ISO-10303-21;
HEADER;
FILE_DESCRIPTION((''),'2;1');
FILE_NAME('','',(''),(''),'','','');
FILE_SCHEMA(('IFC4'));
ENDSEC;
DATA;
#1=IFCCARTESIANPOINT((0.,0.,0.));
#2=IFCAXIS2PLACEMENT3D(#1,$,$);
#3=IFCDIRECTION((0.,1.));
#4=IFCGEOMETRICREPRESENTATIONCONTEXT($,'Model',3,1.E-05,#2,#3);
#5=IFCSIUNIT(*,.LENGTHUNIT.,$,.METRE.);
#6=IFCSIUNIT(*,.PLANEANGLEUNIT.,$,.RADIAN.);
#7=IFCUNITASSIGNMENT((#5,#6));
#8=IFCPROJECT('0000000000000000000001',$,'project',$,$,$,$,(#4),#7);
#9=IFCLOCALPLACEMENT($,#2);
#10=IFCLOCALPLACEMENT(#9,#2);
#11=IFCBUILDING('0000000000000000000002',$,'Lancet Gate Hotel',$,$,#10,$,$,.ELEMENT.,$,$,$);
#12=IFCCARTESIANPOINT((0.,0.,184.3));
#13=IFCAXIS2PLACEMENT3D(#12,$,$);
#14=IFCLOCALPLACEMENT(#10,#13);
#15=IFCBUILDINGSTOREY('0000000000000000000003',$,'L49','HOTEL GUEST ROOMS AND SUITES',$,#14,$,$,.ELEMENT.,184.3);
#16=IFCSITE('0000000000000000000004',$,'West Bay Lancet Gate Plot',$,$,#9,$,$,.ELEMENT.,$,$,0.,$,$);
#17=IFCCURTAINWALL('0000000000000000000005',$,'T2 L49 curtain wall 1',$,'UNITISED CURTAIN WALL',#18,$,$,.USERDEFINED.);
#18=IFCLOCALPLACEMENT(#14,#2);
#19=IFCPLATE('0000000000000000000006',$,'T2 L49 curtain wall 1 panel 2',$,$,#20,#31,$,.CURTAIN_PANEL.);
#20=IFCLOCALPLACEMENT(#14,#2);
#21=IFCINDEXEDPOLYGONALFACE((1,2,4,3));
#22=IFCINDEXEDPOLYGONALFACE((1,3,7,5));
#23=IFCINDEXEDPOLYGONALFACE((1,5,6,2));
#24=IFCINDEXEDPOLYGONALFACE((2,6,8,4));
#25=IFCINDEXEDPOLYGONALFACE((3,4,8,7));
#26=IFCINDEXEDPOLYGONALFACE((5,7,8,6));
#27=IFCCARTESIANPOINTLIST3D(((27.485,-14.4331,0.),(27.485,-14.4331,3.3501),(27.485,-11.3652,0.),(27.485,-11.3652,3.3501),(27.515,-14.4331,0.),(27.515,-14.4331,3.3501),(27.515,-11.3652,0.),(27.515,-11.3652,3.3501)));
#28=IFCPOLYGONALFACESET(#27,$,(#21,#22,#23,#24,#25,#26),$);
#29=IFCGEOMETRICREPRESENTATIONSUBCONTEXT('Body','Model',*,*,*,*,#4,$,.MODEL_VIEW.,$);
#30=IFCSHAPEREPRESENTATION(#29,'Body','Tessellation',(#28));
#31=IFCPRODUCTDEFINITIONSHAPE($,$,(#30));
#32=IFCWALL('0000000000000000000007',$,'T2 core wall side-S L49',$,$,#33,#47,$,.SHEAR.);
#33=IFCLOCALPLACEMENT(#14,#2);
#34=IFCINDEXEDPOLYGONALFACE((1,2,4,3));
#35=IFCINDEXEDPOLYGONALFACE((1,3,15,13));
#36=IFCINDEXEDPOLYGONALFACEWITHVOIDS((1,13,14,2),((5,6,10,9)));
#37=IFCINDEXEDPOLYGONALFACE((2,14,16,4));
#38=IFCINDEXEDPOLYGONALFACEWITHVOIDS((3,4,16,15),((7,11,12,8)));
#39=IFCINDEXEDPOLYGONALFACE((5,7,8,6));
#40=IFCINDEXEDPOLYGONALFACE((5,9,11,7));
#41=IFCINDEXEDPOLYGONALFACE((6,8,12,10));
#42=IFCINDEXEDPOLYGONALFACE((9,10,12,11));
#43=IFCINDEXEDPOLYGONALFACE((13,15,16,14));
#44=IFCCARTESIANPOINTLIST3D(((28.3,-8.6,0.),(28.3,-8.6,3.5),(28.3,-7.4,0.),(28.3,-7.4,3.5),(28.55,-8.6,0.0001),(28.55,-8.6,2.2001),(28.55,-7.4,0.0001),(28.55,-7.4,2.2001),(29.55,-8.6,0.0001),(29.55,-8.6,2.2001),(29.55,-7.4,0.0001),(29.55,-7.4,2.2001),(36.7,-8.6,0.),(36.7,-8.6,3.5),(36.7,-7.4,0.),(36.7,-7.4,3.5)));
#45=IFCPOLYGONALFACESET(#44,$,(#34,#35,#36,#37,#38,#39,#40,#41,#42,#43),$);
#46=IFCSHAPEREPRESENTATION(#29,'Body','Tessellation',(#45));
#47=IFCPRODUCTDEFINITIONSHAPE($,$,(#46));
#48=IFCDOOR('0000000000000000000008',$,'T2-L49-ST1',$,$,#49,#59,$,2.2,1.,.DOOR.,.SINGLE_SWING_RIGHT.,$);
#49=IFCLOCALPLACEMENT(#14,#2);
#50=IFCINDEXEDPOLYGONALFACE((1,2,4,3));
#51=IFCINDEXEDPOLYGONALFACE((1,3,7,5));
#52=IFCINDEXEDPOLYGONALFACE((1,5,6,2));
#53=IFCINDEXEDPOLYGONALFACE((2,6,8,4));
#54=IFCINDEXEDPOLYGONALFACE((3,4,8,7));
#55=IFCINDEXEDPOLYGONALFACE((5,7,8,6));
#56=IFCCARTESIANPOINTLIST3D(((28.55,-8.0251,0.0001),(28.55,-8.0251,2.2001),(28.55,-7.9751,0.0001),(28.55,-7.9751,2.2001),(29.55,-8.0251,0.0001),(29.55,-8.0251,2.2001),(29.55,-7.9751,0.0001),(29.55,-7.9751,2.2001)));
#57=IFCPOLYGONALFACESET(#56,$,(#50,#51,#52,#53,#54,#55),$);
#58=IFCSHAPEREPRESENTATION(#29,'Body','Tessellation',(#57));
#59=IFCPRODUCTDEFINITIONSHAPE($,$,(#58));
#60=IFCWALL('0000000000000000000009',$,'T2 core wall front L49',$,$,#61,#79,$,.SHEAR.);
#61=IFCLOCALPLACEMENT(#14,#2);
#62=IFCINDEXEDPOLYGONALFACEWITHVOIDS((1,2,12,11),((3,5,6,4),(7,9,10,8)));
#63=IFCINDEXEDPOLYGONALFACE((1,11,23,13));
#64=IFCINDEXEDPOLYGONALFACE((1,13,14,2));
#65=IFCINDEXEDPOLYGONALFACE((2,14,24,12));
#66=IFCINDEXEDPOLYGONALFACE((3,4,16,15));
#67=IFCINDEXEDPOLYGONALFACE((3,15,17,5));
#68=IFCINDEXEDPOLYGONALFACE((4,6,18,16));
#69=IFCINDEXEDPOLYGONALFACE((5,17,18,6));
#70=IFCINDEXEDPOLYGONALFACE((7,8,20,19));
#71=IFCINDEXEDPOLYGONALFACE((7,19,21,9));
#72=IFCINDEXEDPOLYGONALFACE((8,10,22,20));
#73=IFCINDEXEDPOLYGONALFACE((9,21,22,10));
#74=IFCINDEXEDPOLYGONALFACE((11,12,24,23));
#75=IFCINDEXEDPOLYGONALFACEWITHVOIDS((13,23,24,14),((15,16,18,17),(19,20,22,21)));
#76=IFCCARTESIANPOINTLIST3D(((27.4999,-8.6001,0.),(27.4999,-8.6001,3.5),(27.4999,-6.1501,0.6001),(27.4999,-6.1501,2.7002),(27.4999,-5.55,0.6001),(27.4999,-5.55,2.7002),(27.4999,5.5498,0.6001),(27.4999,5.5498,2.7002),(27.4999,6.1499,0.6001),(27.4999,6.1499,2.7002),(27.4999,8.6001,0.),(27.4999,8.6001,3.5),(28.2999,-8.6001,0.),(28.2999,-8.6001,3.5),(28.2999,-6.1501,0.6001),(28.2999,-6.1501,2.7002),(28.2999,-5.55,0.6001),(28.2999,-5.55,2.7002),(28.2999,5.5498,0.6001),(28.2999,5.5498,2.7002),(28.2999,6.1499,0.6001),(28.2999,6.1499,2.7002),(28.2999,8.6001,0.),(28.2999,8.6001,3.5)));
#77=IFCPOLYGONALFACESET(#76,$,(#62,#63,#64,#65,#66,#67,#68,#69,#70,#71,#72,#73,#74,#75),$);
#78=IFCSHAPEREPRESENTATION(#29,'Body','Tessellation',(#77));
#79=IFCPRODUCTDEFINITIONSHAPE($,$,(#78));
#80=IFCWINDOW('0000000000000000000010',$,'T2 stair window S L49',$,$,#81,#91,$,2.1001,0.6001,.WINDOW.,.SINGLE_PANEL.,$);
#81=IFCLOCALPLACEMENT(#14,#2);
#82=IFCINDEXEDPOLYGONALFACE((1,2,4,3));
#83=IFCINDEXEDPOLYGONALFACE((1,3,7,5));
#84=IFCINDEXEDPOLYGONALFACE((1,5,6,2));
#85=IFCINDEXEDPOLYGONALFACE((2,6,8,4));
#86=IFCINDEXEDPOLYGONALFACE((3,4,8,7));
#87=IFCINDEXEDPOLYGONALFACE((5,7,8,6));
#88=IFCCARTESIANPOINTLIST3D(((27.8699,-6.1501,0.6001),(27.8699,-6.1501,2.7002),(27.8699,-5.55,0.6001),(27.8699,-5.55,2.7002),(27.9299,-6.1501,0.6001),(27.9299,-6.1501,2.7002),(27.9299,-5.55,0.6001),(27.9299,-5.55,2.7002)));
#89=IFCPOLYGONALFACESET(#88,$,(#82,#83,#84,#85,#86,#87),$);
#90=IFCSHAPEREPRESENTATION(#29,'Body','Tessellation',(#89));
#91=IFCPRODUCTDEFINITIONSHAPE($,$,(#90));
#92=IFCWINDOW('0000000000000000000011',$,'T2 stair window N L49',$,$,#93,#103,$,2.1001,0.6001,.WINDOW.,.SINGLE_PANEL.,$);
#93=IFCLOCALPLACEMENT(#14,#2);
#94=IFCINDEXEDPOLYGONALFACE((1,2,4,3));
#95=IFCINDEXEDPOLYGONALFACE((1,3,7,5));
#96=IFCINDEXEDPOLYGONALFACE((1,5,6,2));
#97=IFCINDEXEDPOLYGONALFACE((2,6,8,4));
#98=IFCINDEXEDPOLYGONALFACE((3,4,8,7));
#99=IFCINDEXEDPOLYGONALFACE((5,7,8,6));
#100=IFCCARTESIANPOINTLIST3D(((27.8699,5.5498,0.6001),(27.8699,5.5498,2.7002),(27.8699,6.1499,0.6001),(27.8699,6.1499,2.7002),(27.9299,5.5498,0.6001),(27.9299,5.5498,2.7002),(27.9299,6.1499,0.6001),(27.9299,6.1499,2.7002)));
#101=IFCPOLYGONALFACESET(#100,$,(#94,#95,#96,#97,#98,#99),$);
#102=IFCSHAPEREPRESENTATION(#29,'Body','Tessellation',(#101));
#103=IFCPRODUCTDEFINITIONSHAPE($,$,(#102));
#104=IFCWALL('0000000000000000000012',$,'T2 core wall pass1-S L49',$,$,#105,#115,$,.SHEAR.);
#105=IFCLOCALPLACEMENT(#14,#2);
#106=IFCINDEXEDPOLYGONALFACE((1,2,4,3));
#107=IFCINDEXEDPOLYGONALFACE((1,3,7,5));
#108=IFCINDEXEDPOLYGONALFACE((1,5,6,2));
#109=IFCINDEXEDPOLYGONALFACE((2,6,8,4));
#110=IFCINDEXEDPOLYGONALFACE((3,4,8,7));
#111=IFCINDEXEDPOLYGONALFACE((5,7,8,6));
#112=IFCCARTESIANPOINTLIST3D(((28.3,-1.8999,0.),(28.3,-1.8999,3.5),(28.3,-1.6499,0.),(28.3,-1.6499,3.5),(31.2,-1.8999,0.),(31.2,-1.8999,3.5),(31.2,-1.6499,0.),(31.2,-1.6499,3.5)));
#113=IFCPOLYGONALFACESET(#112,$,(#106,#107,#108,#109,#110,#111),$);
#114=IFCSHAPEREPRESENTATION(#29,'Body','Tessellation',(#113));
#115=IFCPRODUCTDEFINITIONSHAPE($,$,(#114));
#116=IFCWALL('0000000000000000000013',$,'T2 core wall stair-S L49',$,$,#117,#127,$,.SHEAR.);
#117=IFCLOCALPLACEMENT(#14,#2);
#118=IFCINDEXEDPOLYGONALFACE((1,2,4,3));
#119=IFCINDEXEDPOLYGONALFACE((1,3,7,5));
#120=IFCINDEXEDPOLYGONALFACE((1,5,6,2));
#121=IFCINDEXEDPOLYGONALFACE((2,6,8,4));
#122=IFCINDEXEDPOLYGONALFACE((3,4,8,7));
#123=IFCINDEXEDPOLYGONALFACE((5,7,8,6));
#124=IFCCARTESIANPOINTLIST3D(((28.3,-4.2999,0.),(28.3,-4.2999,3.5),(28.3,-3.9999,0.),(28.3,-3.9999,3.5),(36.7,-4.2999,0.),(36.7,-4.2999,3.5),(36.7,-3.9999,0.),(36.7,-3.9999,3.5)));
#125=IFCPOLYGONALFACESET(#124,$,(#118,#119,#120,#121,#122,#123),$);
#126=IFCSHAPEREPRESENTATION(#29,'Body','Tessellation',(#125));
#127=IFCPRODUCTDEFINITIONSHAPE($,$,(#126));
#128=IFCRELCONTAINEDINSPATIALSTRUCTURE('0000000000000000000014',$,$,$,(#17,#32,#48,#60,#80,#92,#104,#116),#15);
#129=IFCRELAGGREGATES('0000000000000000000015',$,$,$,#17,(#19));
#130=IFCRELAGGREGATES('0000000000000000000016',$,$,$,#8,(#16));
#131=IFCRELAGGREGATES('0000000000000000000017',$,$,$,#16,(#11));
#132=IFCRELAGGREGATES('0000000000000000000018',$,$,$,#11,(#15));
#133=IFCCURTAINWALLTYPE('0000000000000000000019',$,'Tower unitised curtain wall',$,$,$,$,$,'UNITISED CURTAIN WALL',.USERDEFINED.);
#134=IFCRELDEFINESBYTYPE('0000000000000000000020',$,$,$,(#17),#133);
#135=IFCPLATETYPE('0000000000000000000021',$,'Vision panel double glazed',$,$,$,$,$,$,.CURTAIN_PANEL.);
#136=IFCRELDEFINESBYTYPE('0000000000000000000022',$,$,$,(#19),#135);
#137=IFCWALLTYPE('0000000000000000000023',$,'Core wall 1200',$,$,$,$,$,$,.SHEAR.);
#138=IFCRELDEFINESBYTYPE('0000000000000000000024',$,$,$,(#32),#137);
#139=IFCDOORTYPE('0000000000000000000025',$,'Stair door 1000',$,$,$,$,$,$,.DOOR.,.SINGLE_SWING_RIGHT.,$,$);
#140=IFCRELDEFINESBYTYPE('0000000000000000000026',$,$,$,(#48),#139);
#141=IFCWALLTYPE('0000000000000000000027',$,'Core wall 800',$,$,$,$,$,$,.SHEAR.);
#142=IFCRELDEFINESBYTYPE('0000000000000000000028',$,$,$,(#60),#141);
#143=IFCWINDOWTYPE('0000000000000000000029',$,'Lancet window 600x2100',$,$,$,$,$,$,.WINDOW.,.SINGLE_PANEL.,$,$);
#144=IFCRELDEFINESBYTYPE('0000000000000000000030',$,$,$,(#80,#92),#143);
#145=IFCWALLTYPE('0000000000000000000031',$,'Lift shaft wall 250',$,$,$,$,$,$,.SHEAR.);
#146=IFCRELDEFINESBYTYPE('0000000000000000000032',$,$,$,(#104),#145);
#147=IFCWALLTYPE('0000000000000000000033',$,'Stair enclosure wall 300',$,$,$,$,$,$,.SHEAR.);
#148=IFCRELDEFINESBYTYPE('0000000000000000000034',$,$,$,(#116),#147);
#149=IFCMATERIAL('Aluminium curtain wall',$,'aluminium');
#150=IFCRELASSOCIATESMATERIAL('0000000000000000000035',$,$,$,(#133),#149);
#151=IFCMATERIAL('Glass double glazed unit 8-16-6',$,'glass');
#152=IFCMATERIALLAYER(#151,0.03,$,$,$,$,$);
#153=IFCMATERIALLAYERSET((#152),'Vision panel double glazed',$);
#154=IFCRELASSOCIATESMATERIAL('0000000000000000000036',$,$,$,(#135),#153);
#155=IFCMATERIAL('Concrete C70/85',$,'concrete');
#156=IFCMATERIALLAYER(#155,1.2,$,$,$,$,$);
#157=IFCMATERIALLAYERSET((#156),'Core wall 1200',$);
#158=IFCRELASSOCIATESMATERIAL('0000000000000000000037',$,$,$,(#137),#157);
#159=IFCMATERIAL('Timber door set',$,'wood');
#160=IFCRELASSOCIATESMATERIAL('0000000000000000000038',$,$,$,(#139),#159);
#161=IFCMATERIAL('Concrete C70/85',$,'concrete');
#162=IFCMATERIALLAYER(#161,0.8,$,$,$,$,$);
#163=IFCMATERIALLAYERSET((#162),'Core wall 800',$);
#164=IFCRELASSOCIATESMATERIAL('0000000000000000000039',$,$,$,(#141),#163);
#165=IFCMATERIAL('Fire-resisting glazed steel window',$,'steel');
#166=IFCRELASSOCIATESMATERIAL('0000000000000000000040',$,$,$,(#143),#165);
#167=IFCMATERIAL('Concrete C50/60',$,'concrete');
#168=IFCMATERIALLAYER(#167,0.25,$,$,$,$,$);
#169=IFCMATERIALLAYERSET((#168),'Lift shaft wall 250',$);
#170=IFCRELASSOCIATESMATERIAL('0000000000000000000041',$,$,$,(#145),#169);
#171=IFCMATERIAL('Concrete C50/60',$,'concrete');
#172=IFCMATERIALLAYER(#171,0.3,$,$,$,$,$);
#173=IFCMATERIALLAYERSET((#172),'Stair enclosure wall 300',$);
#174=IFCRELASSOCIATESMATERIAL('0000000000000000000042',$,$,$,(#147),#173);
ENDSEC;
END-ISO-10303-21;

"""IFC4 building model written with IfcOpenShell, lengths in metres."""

from ifc_helpers import new_model, si_unit, direction, frame, frame_2d, origin, origin_2d, place, context, subcontext, project, spatial, rectangle, extrude, material, layer, layer_set, type_object, element, fill, aggregate, save


model = new_model("IFC4")

# Units and contexts
model_context = context("Model", 3, precision=1e-05, world=origin(), true_north=direction((0.0, 1.0)))
body_context = subcontext(model_context, "Body", "Model", "MODEL_VIEW")
ifc_project = project(units=[si_unit("LENGTHUNIT", "METRE"), si_unit("PLANEANGLEUNIT", "RADIAN")], contexts=[model_context])

# Site, building, storey
site_placement = place(None, origin())
site = spatial("IfcSite", under=ifc_project, at=site_placement, Name="West Bay Lancet Gate Plot", CompositionType="ELEMENT", RefElevation=0.0)
building_placement = place(site_placement, origin())
building = spatial("IfcBuilding", under=site, at=building_placement, Name="Lancet Gate Hotel", CompositionType="ELEMENT")
storey_placement = place(building_placement, frame((0.0, 0.0, 184.3)))
storey = spatial("IfcBuildingStorey", under=building, at=storey_placement, Name="L49", Description="HOTEL GUEST ROOMS AND SUITES", CompositionType="ELEMENT", Elevation=184.3)

# Curtain wall
ifc_material_1 = material(Name="Aluminium curtain wall", Category="aluminium")
curtain_wall_type = type_object("IfcCurtainWallType", Name="Tower unitised curtain wall", ElementType="UNITISED CURTAIN WALL", PredefinedType="USERDEFINED", material=ifc_material_1)
curtain_wall_placement = place(storey_placement, origin())
curtain_wall = element("IfcCurtainWall", 1, at=curtain_wall_placement, inside=storey, type_object=curtain_wall_type, Name="T2 L49 curtain wall 1", ObjectType="UNITISED CURTAIN WALL", PredefinedType="USERDEFINED")

# Plate
ifc_material_2 = material(Name="Glass double glazed unit 8-16-6", Category="glass")
ifc_layer_1 = layer(ifc_material_2, 0.03)
ifc_layer_set_1 = layer_set([ifc_layer_1], Name="Vision panel double glazed")
plate_type = type_object("IfcPlateType", Name="Vision panel double glazed", PredefinedType="CURTAIN_PANEL", material=ifc_layer_set_1)
plate_1_placement = place(storey_placement, frame((27.5, -12.8992, 0.0), z_axis=(0.0, 0.0, 1.0), x_axis=(0.0, -1.0, 0.0)))
plate_1 = element("IfcPlate", 2, at=plate_1_placement, type_object=plate_type, Name="T2 L49 curtain wall 1 panel 2", PredefinedType="CURTAIN_PANEL", context=body_context, shape_type="SweptSolid", body=[
    extrude(rectangle(XDim=3.0679, YDim=0.03, at=origin_2d()), origin(), (0.0, 0.0, 1.0), 3.3501),
])
aggregate(curtain_wall, [plate_1])

# Wall, opening, door
ifc_material_3 = material(Name="Concrete C70/85", Category="concrete")
ifc_layer_2 = layer(ifc_material_3, 1.2)
ifc_layer_set_2 = layer_set([ifc_layer_2], Name="Core wall 1200")
wall_type_1 = type_object("IfcWallType", Name="Core wall 1200", PredefinedType="SHEAR", material=ifc_layer_set_2)
wall_1_placement = place(storey_placement, frame((28.3, -8.0, 0.0), z_axis=(0.0, 0.0, 1.0), x_axis=(1.0, 0.0, 0.0)))
wall_1 = element("IfcWall", 3, at=wall_1_placement, inside=storey, type_object=wall_type_1, Name="T2 core wall side-S L49", PredefinedType="SHEAR", context=body_context, shape_type="SweptSolid", body=[
    extrude(rectangle(XDim=8.3999, YDim=1.2, at=frame_2d((4.2, 0.0))), origin(), (0.0, 0.0, 1.0), 3.5),
])
opening_1_placement = place(wall_1_placement, frame((0.25, 0.0, 0.0)))
opening_1 = element("IfcOpeningElement", 4, at=opening_1_placement, cuts=wall_1, PredefinedType="OPENING", context=body_context, shape_type="SweptSolid", body=[
    extrude(rectangle(XDim=1.0, YDim=2.2, at=frame_2d((0.5, 1.1001))), frame((0.0, 0.6099, 0.0), z_axis=(0.0, -1.0, 0.0), x_axis=(1.0, 0.0, 0.0)), (0.0, 0.0, 1.0), 1.22),
])
ifc_material_4 = material(Name="Timber door set", Category="wood")
door_type = type_object("IfcDoorType", Name="Stair door 1000", OperationType="SINGLE_SWING_RIGHT", PredefinedType="DOOR", material=ifc_material_4)
door_placement = place(opening_1_placement, origin())
door = element("IfcDoor", 5, at=door_placement, inside=storey, type_object=door_type, Name="T2-L49-ST1", OperationType="SINGLE_SWING_RIGHT", OverallHeight=2.2, OverallWidth=1.0, PredefinedType="DOOR", context=body_context, shape_type="SweptSolid", body=[
    extrude(rectangle(XDim=1.0, YDim=2.2, at=frame_2d((0.5, 1.1001))), frame((0.0, 0.0249, 0.0), z_axis=(0.0, -1.0, 0.0), x_axis=(1.0, 0.0, 0.0)), (0.0, 0.0, 1.0), 0.05),
])
fill(opening_1, door)

# Wall, openings, windows
ifc_material_5 = material(Name="Concrete C70/85", Category="concrete")
ifc_layer_3 = layer(ifc_material_5, 0.8)
ifc_layer_set_3 = layer_set([ifc_layer_3], Name="Core wall 800")
wall_type_2 = type_object("IfcWallType", Name="Core wall 800", PredefinedType="SHEAR", material=ifc_layer_set_3)
wall_2_placement = place(storey_placement, frame((27.8999, -8.6001, 0.0), z_axis=(0.0, 0.0, 1.0), x_axis=(0.0, 1.0, 0.0)))
wall_2 = element("IfcWall", 6, at=wall_2_placement, inside=storey, type_object=wall_type_2, Name="T2 core wall front L49", PredefinedType="SHEAR", context=body_context, shape_type="SweptSolid", body=[
    extrude(rectangle(XDim=17.2002, YDim=0.8, at=frame_2d((8.6001, 0.0))), origin(), (0.0, 0.0, 1.0), 3.5),
])
opening_2_placement = place(wall_2_placement, frame((2.45, 0.0, 0.6001)))
opening_2 = element("IfcOpeningElement", 7, at=opening_2_placement, cuts=wall_2, PredefinedType="OPENING", context=body_context, shape_type="SweptSolid", body=[
    extrude(rectangle(XDim=0.6001, YDim=2.1001, at=frame_2d((0.3, 1.05))), frame((0.0, 0.4099, 0.0), z_axis=(0.0, -1.0, 0.0), x_axis=(1.0, 0.0, 0.0)), (0.0, 0.0, 1.0), 0.8201),
])
opening_3_placement = place(wall_2_placement, frame((14.1499, 0.0, 0.6001)))
opening_3 = element("IfcOpeningElement", 8, at=opening_3_placement, cuts=wall_2, PredefinedType="OPENING", context=body_context, shape_type="SweptSolid", body=[
    extrude(rectangle(XDim=0.6001, YDim=2.1001, at=frame_2d((0.3, 1.05))), frame((0.0, 0.4099, 0.0), z_axis=(0.0, -1.0, 0.0), x_axis=(1.0, 0.0, 0.0)), (0.0, 0.0, 1.0), 0.8201),
])
ifc_material_6 = material(Name="Fire-resisting glazed steel window", Category="steel")
window_type = type_object("IfcWindowType", Name="Lancet window 600x2100", PartitioningType="SINGLE_PANEL", PredefinedType="WINDOW", material=ifc_material_6)
window_1_placement = place(opening_2_placement, origin())
window_1 = element("IfcWindow", 9, at=window_1_placement, inside=storey, type_object=window_type, Name="T2 stair window S L49", OverallHeight=2.1001, OverallWidth=0.6001, PartitioningType="SINGLE_PANEL", PredefinedType="WINDOW", context=body_context, shape_type="SweptSolid", body=[
    extrude(rectangle(XDim=0.6001, YDim=2.1001, at=frame_2d((0.3, 1.05))), frame((0.0, 0.03, 0.0), z_axis=(0.0, -1.0, 0.0), x_axis=(1.0, 0.0, 0.0)), (0.0, 0.0, 1.0), 0.0601),
])
fill(opening_2, window_1)
window_2_placement = place(opening_3_placement, origin())
window_2 = element("IfcWindow", 10, at=window_2_placement, inside=storey, type_object=window_type, Name="T2 stair window N L49", OverallHeight=2.1001, OverallWidth=0.6001, PartitioningType="SINGLE_PANEL", PredefinedType="WINDOW", context=body_context, shape_type="SweptSolid", body=[
    extrude(rectangle(XDim=0.6001, YDim=2.1001, at=frame_2d((0.3, 1.05))), frame((0.0, 0.03, 0.0), z_axis=(0.0, -1.0, 0.0), x_axis=(1.0, 0.0, 0.0)), (0.0, 0.0, 1.0), 0.0601),
])
fill(opening_3, window_2)

# Walls
ifc_material_7 = material(Name="Concrete C50/60", Category="concrete")
ifc_layer_4 = layer(ifc_material_7, 0.25)
ifc_layer_set_4 = layer_set([ifc_layer_4], Name="Lift shaft wall 250")
wall_type_3 = type_object("IfcWallType", Name="Lift shaft wall 250", PredefinedType="SHEAR", material=ifc_layer_set_4)
wall_3_placement = place(storey_placement, frame((28.3, -1.7749, 0.0), z_axis=(0.0, 0.0, 1.0), x_axis=(1.0, 0.0, 0.0)))
element("IfcWall", 11, at=wall_3_placement, inside=storey, type_object=wall_type_3, Name="T2 core wall pass1-S L49", PredefinedType="SHEAR", context=body_context, shape_type="SweptSolid", body=[
    extrude(rectangle(XDim=2.8999, YDim=0.25, at=frame_2d((1.45, 0.0))), origin(), (0.0, 0.0, 1.0), 3.5),
])
ifc_material_8 = material(Name="Concrete C50/60", Category="concrete")
ifc_layer_5 = layer(ifc_material_8, 0.3)
ifc_layer_set_5 = layer_set([ifc_layer_5], Name="Stair enclosure wall 300")
wall_type_4 = type_object("IfcWallType", Name="Stair enclosure wall 300", PredefinedType="SHEAR", material=ifc_layer_set_5)
wall_4_placement = place(storey_placement, frame((28.3, -4.1499, 0.0), z_axis=(0.0, 0.0, 1.0), x_axis=(1.0, 0.0, 0.0)))
element("IfcWall", 12, at=wall_4_placement, inside=storey, type_object=wall_type_4, Name="T2 core wall stair-S L49", PredefinedType="SHEAR", context=body_context, shape_type="SweptSolid", body=[
    extrude(rectangle(XDim=8.3999, YDim=0.3, at=frame_2d((4.2, 0.0))), origin(), (0.0, 0.0, 1.0), 3.5),
])

save(model, "model.ifc")
